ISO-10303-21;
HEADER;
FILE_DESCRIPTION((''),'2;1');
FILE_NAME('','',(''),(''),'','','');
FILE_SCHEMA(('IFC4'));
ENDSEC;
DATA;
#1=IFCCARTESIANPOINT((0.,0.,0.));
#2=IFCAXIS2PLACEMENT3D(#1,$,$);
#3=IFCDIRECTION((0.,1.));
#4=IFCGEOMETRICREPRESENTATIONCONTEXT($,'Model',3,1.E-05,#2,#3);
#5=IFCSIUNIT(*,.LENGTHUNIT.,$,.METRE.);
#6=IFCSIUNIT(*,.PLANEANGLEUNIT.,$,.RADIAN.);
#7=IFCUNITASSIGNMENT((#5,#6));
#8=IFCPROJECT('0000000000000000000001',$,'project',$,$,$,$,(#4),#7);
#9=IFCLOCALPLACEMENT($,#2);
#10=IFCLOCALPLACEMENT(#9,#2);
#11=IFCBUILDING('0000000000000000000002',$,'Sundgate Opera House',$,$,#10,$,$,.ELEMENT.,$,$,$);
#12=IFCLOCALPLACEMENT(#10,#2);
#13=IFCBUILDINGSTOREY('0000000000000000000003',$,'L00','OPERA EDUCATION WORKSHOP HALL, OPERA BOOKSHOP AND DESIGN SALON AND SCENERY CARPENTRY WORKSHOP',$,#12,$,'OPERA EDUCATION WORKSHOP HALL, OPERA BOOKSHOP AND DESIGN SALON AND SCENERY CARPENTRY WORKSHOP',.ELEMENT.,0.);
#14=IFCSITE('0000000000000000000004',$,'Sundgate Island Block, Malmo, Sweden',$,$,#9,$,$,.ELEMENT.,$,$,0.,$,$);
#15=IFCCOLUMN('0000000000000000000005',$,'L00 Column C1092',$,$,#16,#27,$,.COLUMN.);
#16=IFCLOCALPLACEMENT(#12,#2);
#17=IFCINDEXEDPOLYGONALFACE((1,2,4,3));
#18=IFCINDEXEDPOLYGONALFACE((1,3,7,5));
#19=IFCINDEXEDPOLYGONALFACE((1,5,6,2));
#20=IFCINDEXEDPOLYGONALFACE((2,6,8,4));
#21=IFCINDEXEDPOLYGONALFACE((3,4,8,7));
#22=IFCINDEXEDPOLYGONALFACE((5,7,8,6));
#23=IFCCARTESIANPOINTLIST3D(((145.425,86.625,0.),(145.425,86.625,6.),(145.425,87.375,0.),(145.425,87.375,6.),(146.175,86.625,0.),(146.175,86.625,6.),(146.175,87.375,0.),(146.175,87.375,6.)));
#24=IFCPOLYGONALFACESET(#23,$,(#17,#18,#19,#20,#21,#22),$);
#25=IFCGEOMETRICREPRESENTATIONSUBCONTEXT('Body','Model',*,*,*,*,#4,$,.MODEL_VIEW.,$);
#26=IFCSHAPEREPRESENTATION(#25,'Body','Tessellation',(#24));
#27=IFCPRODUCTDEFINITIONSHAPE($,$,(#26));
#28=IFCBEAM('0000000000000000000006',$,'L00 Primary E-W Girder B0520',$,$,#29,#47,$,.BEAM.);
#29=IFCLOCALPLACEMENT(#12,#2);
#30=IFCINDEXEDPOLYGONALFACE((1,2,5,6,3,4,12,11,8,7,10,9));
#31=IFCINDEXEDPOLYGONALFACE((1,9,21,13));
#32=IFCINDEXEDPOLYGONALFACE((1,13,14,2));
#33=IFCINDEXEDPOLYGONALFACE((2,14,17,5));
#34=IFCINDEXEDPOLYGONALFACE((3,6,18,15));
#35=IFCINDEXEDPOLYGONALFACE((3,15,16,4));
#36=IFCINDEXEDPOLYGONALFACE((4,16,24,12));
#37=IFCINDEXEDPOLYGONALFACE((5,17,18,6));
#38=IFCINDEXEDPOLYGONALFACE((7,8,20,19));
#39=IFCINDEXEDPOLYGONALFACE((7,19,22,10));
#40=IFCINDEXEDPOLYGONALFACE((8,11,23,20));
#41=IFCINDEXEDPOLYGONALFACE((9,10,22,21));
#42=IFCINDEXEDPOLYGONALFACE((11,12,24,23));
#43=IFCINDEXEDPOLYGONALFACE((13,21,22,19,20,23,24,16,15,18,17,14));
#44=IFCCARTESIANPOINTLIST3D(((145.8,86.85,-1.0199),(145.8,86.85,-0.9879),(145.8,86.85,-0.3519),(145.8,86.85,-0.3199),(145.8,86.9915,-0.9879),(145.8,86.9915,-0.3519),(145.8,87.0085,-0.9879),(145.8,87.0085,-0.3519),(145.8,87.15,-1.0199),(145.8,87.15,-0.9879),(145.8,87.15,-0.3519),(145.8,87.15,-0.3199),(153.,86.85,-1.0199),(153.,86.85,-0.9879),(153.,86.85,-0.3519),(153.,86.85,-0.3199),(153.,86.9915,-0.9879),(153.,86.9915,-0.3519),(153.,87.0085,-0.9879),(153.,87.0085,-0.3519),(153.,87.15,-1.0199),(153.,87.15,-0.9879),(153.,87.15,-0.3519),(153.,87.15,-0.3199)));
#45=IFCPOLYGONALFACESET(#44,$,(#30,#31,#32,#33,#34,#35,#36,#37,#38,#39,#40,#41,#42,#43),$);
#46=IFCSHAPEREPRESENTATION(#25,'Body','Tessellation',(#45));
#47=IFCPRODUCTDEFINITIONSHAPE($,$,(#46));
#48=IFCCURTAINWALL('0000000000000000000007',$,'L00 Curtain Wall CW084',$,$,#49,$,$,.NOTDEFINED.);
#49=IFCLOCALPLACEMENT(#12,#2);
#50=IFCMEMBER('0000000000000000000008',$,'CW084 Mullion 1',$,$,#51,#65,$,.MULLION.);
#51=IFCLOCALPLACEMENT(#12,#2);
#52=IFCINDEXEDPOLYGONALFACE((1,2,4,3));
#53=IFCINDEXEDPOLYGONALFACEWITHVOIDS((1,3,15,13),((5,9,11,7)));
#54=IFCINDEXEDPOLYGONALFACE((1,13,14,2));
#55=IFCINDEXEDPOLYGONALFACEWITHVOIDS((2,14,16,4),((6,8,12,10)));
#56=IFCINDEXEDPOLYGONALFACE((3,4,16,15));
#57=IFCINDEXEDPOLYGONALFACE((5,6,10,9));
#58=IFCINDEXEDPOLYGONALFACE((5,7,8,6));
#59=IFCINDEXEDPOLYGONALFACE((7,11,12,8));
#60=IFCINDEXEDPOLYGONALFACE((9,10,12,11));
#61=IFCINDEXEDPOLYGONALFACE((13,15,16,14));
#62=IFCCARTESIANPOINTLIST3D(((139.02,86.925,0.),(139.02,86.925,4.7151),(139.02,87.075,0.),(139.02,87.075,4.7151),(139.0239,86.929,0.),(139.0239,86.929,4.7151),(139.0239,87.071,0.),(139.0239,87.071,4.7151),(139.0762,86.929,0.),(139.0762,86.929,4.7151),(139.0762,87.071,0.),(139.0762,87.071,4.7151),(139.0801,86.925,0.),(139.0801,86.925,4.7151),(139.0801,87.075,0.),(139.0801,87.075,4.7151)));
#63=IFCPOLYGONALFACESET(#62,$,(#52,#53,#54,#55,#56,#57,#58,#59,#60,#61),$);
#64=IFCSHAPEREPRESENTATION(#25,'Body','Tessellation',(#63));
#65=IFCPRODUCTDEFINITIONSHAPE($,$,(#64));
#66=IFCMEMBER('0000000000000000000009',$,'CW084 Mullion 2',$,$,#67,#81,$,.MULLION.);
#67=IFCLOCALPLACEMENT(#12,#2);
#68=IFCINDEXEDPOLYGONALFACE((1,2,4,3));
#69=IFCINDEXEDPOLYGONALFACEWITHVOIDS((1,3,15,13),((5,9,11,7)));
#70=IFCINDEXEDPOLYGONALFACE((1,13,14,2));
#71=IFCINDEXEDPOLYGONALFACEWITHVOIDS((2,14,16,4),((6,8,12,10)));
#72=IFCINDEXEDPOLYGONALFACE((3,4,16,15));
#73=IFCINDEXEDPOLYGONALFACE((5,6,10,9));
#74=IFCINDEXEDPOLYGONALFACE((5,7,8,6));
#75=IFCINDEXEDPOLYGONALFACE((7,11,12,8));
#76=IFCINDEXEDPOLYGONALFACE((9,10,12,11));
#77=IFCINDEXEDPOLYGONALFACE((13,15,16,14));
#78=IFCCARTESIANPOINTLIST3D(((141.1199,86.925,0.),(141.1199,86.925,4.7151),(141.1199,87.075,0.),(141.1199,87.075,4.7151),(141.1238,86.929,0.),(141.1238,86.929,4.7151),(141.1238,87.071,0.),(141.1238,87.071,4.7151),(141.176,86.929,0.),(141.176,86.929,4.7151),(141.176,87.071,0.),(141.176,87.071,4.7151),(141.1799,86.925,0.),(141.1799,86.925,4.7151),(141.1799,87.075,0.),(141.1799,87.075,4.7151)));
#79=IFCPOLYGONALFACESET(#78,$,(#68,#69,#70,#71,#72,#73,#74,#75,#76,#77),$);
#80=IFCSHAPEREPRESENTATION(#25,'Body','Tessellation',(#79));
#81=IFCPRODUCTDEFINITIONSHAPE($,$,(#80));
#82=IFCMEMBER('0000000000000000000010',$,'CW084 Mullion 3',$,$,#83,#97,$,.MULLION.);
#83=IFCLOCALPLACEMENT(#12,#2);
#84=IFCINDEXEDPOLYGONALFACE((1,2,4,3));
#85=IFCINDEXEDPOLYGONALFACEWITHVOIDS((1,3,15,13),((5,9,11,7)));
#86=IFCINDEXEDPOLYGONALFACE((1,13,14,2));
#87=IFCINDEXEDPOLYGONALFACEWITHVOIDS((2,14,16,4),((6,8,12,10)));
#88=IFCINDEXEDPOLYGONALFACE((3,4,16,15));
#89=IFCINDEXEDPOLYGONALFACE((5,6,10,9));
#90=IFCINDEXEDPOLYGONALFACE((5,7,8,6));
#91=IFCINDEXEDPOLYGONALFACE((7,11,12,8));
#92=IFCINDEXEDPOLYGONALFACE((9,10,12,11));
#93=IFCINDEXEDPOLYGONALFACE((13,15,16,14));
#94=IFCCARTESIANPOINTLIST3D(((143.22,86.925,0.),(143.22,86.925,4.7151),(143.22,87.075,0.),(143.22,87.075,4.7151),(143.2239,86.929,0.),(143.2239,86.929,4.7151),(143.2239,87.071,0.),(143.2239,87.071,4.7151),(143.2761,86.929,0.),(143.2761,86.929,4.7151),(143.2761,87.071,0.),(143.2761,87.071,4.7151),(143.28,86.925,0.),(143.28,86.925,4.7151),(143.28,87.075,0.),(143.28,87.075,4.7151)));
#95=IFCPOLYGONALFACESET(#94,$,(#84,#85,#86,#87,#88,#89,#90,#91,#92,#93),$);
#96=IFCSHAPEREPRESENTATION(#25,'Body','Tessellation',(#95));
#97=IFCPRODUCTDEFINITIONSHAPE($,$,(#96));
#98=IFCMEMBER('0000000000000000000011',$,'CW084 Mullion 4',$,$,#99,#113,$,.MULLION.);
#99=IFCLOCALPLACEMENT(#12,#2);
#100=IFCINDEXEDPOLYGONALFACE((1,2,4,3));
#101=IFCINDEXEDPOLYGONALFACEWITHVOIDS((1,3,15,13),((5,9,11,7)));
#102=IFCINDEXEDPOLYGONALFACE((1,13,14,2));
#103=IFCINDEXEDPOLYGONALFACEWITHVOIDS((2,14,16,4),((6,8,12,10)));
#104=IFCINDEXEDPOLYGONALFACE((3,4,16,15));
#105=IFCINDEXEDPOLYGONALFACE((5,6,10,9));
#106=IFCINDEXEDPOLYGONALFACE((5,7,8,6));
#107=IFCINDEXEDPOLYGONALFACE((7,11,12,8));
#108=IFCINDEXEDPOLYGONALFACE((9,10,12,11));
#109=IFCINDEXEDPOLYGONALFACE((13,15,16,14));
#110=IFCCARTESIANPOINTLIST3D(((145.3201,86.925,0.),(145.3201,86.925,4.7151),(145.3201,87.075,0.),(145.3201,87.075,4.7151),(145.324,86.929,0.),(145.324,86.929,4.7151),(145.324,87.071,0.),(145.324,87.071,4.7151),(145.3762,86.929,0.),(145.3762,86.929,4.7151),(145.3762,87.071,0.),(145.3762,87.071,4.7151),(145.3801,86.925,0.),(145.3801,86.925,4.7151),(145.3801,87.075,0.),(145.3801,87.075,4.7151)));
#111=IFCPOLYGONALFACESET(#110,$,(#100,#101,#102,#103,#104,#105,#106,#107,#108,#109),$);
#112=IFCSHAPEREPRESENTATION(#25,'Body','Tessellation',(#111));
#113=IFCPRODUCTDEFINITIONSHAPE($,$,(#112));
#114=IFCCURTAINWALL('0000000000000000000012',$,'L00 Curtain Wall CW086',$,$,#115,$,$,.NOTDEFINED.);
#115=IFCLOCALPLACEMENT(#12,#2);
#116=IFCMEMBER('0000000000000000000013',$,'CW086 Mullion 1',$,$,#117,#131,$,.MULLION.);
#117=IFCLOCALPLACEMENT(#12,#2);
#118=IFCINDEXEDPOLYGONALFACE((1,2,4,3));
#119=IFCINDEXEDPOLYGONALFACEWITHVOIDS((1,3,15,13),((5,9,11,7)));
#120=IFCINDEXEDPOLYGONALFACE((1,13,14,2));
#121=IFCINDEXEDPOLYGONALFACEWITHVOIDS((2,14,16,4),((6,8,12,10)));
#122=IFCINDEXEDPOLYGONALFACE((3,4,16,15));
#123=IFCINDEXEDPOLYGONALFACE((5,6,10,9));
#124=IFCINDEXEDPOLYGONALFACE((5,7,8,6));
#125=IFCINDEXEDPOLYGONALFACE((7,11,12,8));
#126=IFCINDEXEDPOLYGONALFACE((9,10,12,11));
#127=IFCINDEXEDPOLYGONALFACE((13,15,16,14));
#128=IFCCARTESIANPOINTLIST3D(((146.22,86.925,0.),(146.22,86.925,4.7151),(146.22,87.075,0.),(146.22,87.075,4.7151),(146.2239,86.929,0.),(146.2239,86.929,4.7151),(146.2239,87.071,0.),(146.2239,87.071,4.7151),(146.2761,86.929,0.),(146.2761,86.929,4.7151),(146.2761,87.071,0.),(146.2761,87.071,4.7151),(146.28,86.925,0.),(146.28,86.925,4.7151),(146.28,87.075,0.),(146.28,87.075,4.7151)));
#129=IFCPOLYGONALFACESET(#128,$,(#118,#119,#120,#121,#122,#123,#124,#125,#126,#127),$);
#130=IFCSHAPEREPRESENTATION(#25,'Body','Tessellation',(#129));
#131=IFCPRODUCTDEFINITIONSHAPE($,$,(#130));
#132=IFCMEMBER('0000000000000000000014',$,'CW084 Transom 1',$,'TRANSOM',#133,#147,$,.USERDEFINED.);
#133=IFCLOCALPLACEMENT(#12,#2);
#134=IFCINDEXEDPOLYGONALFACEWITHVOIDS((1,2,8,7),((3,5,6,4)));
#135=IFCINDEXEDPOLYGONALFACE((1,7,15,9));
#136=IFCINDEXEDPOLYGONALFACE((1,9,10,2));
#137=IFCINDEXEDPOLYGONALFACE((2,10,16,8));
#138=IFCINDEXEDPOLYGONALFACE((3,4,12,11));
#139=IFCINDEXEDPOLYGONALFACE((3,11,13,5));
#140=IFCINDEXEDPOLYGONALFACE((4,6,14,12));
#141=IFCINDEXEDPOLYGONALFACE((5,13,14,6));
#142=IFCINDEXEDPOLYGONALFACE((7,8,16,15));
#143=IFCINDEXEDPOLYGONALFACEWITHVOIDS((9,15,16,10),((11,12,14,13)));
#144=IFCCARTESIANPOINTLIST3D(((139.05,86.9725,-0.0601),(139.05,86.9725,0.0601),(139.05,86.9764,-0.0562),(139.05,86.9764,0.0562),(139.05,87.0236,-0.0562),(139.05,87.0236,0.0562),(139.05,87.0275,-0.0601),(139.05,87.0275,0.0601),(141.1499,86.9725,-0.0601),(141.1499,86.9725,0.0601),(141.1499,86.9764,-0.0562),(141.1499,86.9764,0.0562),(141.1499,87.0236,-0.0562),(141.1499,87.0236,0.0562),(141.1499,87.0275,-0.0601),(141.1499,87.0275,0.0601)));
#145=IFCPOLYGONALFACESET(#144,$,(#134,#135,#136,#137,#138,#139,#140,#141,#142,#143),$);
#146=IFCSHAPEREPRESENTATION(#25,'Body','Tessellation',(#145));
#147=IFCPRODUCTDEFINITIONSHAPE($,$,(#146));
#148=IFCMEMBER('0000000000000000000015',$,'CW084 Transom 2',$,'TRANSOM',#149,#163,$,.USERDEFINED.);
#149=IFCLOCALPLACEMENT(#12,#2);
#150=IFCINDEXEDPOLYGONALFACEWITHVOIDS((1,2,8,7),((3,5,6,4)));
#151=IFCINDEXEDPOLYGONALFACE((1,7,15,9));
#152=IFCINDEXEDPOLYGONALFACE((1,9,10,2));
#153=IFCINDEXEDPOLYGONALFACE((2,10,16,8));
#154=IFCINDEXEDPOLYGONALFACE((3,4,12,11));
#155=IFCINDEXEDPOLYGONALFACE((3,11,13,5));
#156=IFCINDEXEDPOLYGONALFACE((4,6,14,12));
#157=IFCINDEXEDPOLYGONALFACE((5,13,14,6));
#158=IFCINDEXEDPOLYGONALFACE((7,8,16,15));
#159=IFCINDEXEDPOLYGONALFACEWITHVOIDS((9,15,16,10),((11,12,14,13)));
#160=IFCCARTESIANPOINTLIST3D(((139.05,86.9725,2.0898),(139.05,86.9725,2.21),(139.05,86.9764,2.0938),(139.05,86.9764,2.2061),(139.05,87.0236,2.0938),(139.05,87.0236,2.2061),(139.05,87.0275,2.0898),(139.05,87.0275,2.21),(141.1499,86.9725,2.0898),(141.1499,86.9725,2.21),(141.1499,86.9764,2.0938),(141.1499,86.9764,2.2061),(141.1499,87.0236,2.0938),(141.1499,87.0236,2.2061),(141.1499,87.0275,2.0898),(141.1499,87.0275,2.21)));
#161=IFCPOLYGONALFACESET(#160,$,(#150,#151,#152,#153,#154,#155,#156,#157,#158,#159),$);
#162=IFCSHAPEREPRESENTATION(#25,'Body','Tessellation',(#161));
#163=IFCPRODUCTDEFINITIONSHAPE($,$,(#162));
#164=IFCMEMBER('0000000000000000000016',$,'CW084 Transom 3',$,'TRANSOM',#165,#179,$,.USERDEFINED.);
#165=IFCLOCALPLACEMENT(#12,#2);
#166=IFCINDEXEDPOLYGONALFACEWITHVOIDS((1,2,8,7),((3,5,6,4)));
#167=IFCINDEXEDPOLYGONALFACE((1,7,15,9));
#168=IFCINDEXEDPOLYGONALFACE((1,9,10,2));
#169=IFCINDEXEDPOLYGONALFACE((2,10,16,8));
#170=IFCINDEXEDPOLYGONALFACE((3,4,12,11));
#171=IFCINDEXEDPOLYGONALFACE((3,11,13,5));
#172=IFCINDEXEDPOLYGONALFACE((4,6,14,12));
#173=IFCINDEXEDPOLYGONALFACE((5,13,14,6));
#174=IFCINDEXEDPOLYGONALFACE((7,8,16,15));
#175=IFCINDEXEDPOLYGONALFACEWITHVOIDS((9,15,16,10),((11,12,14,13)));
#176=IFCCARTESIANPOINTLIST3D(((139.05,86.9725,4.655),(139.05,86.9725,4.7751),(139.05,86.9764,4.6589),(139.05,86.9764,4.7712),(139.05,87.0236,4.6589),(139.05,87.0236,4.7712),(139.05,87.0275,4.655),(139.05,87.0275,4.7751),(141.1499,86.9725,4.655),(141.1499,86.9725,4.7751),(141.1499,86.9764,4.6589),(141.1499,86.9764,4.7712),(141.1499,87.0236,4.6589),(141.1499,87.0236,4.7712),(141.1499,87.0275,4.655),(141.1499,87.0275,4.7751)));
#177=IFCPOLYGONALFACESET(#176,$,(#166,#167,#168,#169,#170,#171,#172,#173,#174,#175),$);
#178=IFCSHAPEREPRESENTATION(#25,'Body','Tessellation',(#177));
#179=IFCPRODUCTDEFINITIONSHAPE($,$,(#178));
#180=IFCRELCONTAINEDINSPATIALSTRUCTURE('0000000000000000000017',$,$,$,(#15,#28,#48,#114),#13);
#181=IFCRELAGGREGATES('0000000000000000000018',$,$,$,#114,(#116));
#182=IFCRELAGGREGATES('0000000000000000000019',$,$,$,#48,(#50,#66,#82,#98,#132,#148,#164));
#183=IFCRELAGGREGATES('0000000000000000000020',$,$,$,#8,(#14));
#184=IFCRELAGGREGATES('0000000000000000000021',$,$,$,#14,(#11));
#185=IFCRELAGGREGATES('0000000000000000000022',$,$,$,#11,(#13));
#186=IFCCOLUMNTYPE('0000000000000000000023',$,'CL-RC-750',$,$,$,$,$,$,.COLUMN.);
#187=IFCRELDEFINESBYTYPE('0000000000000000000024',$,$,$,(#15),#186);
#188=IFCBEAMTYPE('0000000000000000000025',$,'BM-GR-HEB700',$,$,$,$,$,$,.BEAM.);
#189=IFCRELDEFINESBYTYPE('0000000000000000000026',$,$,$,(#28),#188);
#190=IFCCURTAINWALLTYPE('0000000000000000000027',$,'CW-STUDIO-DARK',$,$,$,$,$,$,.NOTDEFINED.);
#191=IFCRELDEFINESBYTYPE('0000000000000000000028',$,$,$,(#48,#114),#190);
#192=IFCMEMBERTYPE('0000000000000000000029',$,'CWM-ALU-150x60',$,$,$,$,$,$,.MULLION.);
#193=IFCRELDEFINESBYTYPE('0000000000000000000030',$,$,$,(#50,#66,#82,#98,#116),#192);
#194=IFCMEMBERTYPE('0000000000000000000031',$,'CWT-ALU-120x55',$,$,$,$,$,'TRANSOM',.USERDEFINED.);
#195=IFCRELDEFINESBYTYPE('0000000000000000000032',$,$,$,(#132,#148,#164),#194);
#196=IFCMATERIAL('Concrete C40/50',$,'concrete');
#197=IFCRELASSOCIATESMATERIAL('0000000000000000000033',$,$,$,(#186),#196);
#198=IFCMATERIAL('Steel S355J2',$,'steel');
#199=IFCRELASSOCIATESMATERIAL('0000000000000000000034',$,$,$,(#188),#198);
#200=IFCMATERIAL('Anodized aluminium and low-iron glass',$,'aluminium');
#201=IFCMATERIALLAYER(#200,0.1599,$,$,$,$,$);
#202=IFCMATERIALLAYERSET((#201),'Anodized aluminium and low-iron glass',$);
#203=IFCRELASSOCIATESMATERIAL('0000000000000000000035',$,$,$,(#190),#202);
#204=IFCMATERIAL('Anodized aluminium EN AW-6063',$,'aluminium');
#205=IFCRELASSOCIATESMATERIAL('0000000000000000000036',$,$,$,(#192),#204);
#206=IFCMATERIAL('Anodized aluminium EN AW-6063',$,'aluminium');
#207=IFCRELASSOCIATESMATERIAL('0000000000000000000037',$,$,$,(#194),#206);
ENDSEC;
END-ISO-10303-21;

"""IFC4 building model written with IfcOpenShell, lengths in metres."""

from ifc_helpers import new_model, si_unit, direction, frame, origin, origin_2d, place, context, subcontext, project, spatial, rectangle, hollow_rectangle, i_section, extrude, material, layer, layer_set, material_profile, profile_set, type_object, element, aggregate, save


model = new_model("IFC4")

# Units and contexts
model_context = context("Model", 3, precision=1e-05, world=origin(), true_north=direction((0.0, 1.0)))
body_context = subcontext(model_context, "Body", "Model", "MODEL_VIEW")
ifc_project = project(units=[si_unit("LENGTHUNIT", "METRE"), si_unit("PLANEANGLEUNIT", "RADIAN")], contexts=[model_context])

# Site, building, storey
site_placement = place(None, origin())
site = spatial("IfcSite", under=ifc_project, at=site_placement, Name="Sundgate Island Block, Malmo, Sweden", CompositionType="ELEMENT", RefElevation=0.0)
building_placement = place(site_placement, origin())
building = spatial("IfcBuilding", under=site, at=building_placement, Name="Sundgate Opera House", CompositionType="ELEMENT")
storey_placement = place(building_placement, origin())
storey = spatial("IfcBuildingStorey", under=building, at=storey_placement, Name="L00", Description="OPERA EDUCATION WORKSHOP HALL, OPERA BOOKSHOP AND DESIGN SALON AND SCENERY CARPENTRY WORKSHOP", LongName="OPERA EDUCATION WORKSHOP HALL, OPERA BOOKSHOP AND DESIGN SALON AND SCENERY CARPENTRY WORKSHOP", CompositionType="ELEMENT", Elevation=0.0)

# Column
ifc_material_1 = material(Name="Concrete C40/50", Category="concrete")
ifc_material_profile_1 = material_profile(ifc_material_1, rectangle(XDim=0.75, YDim=0.75, at=origin_2d()), Name="RC 750x750")
ifc_profile_set_1 = profile_set([ifc_material_profile_1], Name="Concrete C40/50")
column_type = type_object("IfcColumnType", Name="CL-RC-750", PredefinedType="COLUMN", material=ifc_profile_set_1)
column_placement = place(storey_placement, frame((145.8, 87.0, 0.0), z_axis=(0.0, 0.0, 1.0), x_axis=(1.0, 0.0, 0.0)))
element("IfcColumn", 1, at=column_placement, inside=storey, type_object=column_type, Name="L00 Column C1092", PredefinedType="COLUMN", context=body_context, shape_type="SweptSolid", body=[
    extrude(rectangle(XDim=0.75, YDim=0.75, at=origin_2d()), origin(), (0.0, 0.0, 1.0), 6.0),
])

# Beam
ifc_material_2 = material(Name="Steel S355J2", Category="steel")
ifc_material_profile_2 = material_profile(ifc_material_2, i_section(OverallWidth=0.3, OverallDepth=0.7, WebThickness=0.0171, FlangeThickness=0.032, at=origin_2d()), Name="HEB 700")
ifc_profile_set_2 = profile_set([ifc_material_profile_2], Name="Steel S355J2")
beam_type = type_object("IfcBeamType", Name="BM-GR-HEB700", PredefinedType="BEAM", material=ifc_profile_set_2)
beam_placement = place(storey_placement, frame((145.8, 87.0, -0.6699), z_axis=(1.0, 0.0, 0.0), x_axis=(0.0, 1.0, 0.0)))
element("IfcBeam", 2, at=beam_placement, inside=storey, type_object=beam_type, Name="L00 Primary E-W Girder B0520", PredefinedType="BEAM", context=body_context, shape_type="SweptSolid", body=[
    extrude(i_section(OverallWidth=0.3, OverallDepth=0.7, WebThickness=0.0171, FlangeThickness=0.032, at=origin_2d()), origin(), (0.0, 0.0, 1.0), 7.2),
])

# Curtain wall, members
ifc_material_3 = material(Name="Anodized aluminium and low-iron glass", Category="aluminium")
ifc_layer_1 = layer(ifc_material_3, 0.1599)
ifc_layer_set_1 = layer_set([ifc_layer_1], Name="Anodized aluminium and low-iron glass")
curtain_wall_type = type_object("IfcCurtainWallType", Name="CW-STUDIO-DARK", PredefinedType="NOTDEFINED", material=ifc_layer_set_1)
curtain_wall_1_placement = place(storey_placement, origin())
curtain_wall_1 = element("IfcCurtainWall", 3, at=curtain_wall_1_placement, inside=storey, type_object=curtain_wall_type, Name="L00 Curtain Wall CW084", PredefinedType="NOTDEFINED")
ifc_material_4 = material(Name="Anodized aluminium EN AW-6063", Category="aluminium")
ifc_material_profile_3 = material_profile(ifc_material_4, hollow_rectangle(XDim=0.0601, YDim=0.1499, WallThickness=0.0039, at=origin_2d()), Name="CWM 150x60x4")
ifc_profile_set_3 = profile_set([ifc_material_profile_3], Name="Anodized aluminium EN AW-6063")
member_type_1 = type_object("IfcMemberType", Name="CWM-ALU-150x60", PredefinedType="MULLION", material=ifc_profile_set_3)
member_1_placement = place(storey_placement, frame((139.05, 87.0, 0.0), z_axis=(0.0, 0.0, 1.0), x_axis=(1.0, 0.0, 0.0)))
member_1 = element("IfcMember", 4, at=member_1_placement, type_object=member_type_1, Name="CW084 Mullion 1", PredefinedType="MULLION", context=body_context, shape_type="SweptSolid", body=[
    extrude(hollow_rectangle(XDim=0.0601, YDim=0.1499, WallThickness=0.0039, at=origin_2d()), origin(), (0.0, 0.0, 1.0), 4.7151),
])
member_2_placement = place(storey_placement, frame((141.1499, 87.0, 0.0), z_axis=(0.0, 0.0, 1.0), x_axis=(1.0, 0.0, 0.0)))
member_2 = element("IfcMember", 5, at=member_2_placement, type_object=member_type_1, Name="CW084 Mullion 2", PredefinedType="MULLION", context=body_context, shape_type="SweptSolid", body=[
    extrude(hollow_rectangle(XDim=0.0601, YDim=0.1499, WallThickness=0.0039, at=origin_2d()), origin(), (0.0, 0.0, 1.0), 4.7151),
])
member_3_placement = place(storey_placement, frame((143.25, 87.0, 0.0), z_axis=(0.0, 0.0, 1.0), x_axis=(1.0, 0.0, 0.0)))
member_3 = element("IfcMember", 6, at=member_3_placement, type_object=member_type_1, Name="CW084 Mullion 3", PredefinedType="MULLION", context=body_context, shape_type="SweptSolid", body=[
    extrude(hollow_rectangle(XDim=0.0601, YDim=0.1499, WallThickness=0.0039, at=origin_2d()), origin(), (0.0, 0.0, 1.0), 4.7151),
])
member_4_placement = place(storey_placement, frame((145.3501, 87.0, 0.0), z_axis=(0.0, 0.0, 1.0), x_axis=(1.0, 0.0, 0.0)))
member_4 = element("IfcMember", 7, at=member_4_placement, type_object=member_type_1, Name="CW084 Mullion 4", PredefinedType="MULLION", context=body_context, shape_type="SweptSolid", body=[
    extrude(hollow_rectangle(XDim=0.0601, YDim=0.1499, WallThickness=0.0039, at=origin_2d()), origin(), (0.0, 0.0, 1.0), 4.7151),
])

# Curtain wall, member
curtain_wall_2_placement = place(storey_placement, origin())
curtain_wall_2 = element("IfcCurtainWall", 8, at=curtain_wall_2_placement, inside=storey, type_object=curtain_wall_type, Name="L00 Curtain Wall CW086", PredefinedType="NOTDEFINED")
member_5_placement = place(storey_placement, frame((146.25, 87.0, 0.0), z_axis=(0.0, 0.0, 1.0), x_axis=(1.0, 0.0, 0.0)))
member_5 = element("IfcMember", 9, at=member_5_placement, type_object=member_type_1, Name="CW086 Mullion 1", PredefinedType="MULLION", context=body_context, shape_type="SweptSolid", body=[
    extrude(hollow_rectangle(XDim=0.0601, YDim=0.1499, WallThickness=0.0039, at=origin_2d()), origin(), (0.0, 0.0, 1.0), 4.7151),
])
aggregate(curtain_wall_2, [member_5])

# Members
ifc_material_5 = material(Name="Anodized aluminium EN AW-6063", Category="aluminium")
ifc_material_profile_4 = material_profile(ifc_material_5, hollow_rectangle(XDim=0.0549, YDim=0.1201, WallThickness=0.0039, at=origin_2d()), Name="CWT 120x55x4")
ifc_profile_set_4 = profile_set([ifc_material_profile_4], Name="Anodized aluminium EN AW-6063")
member_type_2 = type_object("IfcMemberType", Name="CWT-ALU-120x55", ElementType="TRANSOM", PredefinedType="USERDEFINED", material=ifc_profile_set_4)
member_6_placement = place(storey_placement, frame((139.05, 87.0, 0.0), z_axis=(1.0, 0.0, 0.0), x_axis=(0.0, 1.0, 0.0)))
member_6 = element("IfcMember", 10, at=member_6_placement, type_object=member_type_2, Name="CW084 Transom 1", ObjectType="TRANSOM", PredefinedType="USERDEFINED", context=body_context, shape_type="SweptSolid", body=[
    extrude(hollow_rectangle(XDim=0.0549, YDim=0.1201, WallThickness=0.0039, at=origin_2d()), origin(), (0.0, 0.0, 1.0), 2.0999),
])
member_7_placement = place(storey_placement, frame((139.05, 87.0, 2.1499), z_axis=(1.0, 0.0, 0.0), x_axis=(0.0, 1.0, 0.0)))
member_7 = element("IfcMember", 11, at=member_7_placement, type_object=member_type_2, Name="CW084 Transom 2", ObjectType="TRANSOM", PredefinedType="USERDEFINED", context=body_context, shape_type="SweptSolid", body=[
    extrude(hollow_rectangle(XDim=0.0549, YDim=0.1201, WallThickness=0.0039, at=origin_2d()), origin(), (0.0, 0.0, 1.0), 2.0999),
])
member_8_placement = place(storey_placement, frame((139.05, 87.0, 4.7151), z_axis=(1.0, 0.0, 0.0), x_axis=(0.0, 1.0, 0.0)))
member_8 = element("IfcMember", 12, at=member_8_placement, type_object=member_type_2, Name="CW084 Transom 3", ObjectType="TRANSOM", PredefinedType="USERDEFINED", context=body_context, shape_type="SweptSolid", body=[
    extrude(hollow_rectangle(XDim=0.0549, YDim=0.1201, WallThickness=0.0039, at=origin_2d()), origin(), (0.0, 0.0, 1.0), 2.0999),
])

aggregate(curtain_wall_1, [member_1, member_2, member_3, member_4, member_6, member_7, member_8])

save(model, "model.ifc")
